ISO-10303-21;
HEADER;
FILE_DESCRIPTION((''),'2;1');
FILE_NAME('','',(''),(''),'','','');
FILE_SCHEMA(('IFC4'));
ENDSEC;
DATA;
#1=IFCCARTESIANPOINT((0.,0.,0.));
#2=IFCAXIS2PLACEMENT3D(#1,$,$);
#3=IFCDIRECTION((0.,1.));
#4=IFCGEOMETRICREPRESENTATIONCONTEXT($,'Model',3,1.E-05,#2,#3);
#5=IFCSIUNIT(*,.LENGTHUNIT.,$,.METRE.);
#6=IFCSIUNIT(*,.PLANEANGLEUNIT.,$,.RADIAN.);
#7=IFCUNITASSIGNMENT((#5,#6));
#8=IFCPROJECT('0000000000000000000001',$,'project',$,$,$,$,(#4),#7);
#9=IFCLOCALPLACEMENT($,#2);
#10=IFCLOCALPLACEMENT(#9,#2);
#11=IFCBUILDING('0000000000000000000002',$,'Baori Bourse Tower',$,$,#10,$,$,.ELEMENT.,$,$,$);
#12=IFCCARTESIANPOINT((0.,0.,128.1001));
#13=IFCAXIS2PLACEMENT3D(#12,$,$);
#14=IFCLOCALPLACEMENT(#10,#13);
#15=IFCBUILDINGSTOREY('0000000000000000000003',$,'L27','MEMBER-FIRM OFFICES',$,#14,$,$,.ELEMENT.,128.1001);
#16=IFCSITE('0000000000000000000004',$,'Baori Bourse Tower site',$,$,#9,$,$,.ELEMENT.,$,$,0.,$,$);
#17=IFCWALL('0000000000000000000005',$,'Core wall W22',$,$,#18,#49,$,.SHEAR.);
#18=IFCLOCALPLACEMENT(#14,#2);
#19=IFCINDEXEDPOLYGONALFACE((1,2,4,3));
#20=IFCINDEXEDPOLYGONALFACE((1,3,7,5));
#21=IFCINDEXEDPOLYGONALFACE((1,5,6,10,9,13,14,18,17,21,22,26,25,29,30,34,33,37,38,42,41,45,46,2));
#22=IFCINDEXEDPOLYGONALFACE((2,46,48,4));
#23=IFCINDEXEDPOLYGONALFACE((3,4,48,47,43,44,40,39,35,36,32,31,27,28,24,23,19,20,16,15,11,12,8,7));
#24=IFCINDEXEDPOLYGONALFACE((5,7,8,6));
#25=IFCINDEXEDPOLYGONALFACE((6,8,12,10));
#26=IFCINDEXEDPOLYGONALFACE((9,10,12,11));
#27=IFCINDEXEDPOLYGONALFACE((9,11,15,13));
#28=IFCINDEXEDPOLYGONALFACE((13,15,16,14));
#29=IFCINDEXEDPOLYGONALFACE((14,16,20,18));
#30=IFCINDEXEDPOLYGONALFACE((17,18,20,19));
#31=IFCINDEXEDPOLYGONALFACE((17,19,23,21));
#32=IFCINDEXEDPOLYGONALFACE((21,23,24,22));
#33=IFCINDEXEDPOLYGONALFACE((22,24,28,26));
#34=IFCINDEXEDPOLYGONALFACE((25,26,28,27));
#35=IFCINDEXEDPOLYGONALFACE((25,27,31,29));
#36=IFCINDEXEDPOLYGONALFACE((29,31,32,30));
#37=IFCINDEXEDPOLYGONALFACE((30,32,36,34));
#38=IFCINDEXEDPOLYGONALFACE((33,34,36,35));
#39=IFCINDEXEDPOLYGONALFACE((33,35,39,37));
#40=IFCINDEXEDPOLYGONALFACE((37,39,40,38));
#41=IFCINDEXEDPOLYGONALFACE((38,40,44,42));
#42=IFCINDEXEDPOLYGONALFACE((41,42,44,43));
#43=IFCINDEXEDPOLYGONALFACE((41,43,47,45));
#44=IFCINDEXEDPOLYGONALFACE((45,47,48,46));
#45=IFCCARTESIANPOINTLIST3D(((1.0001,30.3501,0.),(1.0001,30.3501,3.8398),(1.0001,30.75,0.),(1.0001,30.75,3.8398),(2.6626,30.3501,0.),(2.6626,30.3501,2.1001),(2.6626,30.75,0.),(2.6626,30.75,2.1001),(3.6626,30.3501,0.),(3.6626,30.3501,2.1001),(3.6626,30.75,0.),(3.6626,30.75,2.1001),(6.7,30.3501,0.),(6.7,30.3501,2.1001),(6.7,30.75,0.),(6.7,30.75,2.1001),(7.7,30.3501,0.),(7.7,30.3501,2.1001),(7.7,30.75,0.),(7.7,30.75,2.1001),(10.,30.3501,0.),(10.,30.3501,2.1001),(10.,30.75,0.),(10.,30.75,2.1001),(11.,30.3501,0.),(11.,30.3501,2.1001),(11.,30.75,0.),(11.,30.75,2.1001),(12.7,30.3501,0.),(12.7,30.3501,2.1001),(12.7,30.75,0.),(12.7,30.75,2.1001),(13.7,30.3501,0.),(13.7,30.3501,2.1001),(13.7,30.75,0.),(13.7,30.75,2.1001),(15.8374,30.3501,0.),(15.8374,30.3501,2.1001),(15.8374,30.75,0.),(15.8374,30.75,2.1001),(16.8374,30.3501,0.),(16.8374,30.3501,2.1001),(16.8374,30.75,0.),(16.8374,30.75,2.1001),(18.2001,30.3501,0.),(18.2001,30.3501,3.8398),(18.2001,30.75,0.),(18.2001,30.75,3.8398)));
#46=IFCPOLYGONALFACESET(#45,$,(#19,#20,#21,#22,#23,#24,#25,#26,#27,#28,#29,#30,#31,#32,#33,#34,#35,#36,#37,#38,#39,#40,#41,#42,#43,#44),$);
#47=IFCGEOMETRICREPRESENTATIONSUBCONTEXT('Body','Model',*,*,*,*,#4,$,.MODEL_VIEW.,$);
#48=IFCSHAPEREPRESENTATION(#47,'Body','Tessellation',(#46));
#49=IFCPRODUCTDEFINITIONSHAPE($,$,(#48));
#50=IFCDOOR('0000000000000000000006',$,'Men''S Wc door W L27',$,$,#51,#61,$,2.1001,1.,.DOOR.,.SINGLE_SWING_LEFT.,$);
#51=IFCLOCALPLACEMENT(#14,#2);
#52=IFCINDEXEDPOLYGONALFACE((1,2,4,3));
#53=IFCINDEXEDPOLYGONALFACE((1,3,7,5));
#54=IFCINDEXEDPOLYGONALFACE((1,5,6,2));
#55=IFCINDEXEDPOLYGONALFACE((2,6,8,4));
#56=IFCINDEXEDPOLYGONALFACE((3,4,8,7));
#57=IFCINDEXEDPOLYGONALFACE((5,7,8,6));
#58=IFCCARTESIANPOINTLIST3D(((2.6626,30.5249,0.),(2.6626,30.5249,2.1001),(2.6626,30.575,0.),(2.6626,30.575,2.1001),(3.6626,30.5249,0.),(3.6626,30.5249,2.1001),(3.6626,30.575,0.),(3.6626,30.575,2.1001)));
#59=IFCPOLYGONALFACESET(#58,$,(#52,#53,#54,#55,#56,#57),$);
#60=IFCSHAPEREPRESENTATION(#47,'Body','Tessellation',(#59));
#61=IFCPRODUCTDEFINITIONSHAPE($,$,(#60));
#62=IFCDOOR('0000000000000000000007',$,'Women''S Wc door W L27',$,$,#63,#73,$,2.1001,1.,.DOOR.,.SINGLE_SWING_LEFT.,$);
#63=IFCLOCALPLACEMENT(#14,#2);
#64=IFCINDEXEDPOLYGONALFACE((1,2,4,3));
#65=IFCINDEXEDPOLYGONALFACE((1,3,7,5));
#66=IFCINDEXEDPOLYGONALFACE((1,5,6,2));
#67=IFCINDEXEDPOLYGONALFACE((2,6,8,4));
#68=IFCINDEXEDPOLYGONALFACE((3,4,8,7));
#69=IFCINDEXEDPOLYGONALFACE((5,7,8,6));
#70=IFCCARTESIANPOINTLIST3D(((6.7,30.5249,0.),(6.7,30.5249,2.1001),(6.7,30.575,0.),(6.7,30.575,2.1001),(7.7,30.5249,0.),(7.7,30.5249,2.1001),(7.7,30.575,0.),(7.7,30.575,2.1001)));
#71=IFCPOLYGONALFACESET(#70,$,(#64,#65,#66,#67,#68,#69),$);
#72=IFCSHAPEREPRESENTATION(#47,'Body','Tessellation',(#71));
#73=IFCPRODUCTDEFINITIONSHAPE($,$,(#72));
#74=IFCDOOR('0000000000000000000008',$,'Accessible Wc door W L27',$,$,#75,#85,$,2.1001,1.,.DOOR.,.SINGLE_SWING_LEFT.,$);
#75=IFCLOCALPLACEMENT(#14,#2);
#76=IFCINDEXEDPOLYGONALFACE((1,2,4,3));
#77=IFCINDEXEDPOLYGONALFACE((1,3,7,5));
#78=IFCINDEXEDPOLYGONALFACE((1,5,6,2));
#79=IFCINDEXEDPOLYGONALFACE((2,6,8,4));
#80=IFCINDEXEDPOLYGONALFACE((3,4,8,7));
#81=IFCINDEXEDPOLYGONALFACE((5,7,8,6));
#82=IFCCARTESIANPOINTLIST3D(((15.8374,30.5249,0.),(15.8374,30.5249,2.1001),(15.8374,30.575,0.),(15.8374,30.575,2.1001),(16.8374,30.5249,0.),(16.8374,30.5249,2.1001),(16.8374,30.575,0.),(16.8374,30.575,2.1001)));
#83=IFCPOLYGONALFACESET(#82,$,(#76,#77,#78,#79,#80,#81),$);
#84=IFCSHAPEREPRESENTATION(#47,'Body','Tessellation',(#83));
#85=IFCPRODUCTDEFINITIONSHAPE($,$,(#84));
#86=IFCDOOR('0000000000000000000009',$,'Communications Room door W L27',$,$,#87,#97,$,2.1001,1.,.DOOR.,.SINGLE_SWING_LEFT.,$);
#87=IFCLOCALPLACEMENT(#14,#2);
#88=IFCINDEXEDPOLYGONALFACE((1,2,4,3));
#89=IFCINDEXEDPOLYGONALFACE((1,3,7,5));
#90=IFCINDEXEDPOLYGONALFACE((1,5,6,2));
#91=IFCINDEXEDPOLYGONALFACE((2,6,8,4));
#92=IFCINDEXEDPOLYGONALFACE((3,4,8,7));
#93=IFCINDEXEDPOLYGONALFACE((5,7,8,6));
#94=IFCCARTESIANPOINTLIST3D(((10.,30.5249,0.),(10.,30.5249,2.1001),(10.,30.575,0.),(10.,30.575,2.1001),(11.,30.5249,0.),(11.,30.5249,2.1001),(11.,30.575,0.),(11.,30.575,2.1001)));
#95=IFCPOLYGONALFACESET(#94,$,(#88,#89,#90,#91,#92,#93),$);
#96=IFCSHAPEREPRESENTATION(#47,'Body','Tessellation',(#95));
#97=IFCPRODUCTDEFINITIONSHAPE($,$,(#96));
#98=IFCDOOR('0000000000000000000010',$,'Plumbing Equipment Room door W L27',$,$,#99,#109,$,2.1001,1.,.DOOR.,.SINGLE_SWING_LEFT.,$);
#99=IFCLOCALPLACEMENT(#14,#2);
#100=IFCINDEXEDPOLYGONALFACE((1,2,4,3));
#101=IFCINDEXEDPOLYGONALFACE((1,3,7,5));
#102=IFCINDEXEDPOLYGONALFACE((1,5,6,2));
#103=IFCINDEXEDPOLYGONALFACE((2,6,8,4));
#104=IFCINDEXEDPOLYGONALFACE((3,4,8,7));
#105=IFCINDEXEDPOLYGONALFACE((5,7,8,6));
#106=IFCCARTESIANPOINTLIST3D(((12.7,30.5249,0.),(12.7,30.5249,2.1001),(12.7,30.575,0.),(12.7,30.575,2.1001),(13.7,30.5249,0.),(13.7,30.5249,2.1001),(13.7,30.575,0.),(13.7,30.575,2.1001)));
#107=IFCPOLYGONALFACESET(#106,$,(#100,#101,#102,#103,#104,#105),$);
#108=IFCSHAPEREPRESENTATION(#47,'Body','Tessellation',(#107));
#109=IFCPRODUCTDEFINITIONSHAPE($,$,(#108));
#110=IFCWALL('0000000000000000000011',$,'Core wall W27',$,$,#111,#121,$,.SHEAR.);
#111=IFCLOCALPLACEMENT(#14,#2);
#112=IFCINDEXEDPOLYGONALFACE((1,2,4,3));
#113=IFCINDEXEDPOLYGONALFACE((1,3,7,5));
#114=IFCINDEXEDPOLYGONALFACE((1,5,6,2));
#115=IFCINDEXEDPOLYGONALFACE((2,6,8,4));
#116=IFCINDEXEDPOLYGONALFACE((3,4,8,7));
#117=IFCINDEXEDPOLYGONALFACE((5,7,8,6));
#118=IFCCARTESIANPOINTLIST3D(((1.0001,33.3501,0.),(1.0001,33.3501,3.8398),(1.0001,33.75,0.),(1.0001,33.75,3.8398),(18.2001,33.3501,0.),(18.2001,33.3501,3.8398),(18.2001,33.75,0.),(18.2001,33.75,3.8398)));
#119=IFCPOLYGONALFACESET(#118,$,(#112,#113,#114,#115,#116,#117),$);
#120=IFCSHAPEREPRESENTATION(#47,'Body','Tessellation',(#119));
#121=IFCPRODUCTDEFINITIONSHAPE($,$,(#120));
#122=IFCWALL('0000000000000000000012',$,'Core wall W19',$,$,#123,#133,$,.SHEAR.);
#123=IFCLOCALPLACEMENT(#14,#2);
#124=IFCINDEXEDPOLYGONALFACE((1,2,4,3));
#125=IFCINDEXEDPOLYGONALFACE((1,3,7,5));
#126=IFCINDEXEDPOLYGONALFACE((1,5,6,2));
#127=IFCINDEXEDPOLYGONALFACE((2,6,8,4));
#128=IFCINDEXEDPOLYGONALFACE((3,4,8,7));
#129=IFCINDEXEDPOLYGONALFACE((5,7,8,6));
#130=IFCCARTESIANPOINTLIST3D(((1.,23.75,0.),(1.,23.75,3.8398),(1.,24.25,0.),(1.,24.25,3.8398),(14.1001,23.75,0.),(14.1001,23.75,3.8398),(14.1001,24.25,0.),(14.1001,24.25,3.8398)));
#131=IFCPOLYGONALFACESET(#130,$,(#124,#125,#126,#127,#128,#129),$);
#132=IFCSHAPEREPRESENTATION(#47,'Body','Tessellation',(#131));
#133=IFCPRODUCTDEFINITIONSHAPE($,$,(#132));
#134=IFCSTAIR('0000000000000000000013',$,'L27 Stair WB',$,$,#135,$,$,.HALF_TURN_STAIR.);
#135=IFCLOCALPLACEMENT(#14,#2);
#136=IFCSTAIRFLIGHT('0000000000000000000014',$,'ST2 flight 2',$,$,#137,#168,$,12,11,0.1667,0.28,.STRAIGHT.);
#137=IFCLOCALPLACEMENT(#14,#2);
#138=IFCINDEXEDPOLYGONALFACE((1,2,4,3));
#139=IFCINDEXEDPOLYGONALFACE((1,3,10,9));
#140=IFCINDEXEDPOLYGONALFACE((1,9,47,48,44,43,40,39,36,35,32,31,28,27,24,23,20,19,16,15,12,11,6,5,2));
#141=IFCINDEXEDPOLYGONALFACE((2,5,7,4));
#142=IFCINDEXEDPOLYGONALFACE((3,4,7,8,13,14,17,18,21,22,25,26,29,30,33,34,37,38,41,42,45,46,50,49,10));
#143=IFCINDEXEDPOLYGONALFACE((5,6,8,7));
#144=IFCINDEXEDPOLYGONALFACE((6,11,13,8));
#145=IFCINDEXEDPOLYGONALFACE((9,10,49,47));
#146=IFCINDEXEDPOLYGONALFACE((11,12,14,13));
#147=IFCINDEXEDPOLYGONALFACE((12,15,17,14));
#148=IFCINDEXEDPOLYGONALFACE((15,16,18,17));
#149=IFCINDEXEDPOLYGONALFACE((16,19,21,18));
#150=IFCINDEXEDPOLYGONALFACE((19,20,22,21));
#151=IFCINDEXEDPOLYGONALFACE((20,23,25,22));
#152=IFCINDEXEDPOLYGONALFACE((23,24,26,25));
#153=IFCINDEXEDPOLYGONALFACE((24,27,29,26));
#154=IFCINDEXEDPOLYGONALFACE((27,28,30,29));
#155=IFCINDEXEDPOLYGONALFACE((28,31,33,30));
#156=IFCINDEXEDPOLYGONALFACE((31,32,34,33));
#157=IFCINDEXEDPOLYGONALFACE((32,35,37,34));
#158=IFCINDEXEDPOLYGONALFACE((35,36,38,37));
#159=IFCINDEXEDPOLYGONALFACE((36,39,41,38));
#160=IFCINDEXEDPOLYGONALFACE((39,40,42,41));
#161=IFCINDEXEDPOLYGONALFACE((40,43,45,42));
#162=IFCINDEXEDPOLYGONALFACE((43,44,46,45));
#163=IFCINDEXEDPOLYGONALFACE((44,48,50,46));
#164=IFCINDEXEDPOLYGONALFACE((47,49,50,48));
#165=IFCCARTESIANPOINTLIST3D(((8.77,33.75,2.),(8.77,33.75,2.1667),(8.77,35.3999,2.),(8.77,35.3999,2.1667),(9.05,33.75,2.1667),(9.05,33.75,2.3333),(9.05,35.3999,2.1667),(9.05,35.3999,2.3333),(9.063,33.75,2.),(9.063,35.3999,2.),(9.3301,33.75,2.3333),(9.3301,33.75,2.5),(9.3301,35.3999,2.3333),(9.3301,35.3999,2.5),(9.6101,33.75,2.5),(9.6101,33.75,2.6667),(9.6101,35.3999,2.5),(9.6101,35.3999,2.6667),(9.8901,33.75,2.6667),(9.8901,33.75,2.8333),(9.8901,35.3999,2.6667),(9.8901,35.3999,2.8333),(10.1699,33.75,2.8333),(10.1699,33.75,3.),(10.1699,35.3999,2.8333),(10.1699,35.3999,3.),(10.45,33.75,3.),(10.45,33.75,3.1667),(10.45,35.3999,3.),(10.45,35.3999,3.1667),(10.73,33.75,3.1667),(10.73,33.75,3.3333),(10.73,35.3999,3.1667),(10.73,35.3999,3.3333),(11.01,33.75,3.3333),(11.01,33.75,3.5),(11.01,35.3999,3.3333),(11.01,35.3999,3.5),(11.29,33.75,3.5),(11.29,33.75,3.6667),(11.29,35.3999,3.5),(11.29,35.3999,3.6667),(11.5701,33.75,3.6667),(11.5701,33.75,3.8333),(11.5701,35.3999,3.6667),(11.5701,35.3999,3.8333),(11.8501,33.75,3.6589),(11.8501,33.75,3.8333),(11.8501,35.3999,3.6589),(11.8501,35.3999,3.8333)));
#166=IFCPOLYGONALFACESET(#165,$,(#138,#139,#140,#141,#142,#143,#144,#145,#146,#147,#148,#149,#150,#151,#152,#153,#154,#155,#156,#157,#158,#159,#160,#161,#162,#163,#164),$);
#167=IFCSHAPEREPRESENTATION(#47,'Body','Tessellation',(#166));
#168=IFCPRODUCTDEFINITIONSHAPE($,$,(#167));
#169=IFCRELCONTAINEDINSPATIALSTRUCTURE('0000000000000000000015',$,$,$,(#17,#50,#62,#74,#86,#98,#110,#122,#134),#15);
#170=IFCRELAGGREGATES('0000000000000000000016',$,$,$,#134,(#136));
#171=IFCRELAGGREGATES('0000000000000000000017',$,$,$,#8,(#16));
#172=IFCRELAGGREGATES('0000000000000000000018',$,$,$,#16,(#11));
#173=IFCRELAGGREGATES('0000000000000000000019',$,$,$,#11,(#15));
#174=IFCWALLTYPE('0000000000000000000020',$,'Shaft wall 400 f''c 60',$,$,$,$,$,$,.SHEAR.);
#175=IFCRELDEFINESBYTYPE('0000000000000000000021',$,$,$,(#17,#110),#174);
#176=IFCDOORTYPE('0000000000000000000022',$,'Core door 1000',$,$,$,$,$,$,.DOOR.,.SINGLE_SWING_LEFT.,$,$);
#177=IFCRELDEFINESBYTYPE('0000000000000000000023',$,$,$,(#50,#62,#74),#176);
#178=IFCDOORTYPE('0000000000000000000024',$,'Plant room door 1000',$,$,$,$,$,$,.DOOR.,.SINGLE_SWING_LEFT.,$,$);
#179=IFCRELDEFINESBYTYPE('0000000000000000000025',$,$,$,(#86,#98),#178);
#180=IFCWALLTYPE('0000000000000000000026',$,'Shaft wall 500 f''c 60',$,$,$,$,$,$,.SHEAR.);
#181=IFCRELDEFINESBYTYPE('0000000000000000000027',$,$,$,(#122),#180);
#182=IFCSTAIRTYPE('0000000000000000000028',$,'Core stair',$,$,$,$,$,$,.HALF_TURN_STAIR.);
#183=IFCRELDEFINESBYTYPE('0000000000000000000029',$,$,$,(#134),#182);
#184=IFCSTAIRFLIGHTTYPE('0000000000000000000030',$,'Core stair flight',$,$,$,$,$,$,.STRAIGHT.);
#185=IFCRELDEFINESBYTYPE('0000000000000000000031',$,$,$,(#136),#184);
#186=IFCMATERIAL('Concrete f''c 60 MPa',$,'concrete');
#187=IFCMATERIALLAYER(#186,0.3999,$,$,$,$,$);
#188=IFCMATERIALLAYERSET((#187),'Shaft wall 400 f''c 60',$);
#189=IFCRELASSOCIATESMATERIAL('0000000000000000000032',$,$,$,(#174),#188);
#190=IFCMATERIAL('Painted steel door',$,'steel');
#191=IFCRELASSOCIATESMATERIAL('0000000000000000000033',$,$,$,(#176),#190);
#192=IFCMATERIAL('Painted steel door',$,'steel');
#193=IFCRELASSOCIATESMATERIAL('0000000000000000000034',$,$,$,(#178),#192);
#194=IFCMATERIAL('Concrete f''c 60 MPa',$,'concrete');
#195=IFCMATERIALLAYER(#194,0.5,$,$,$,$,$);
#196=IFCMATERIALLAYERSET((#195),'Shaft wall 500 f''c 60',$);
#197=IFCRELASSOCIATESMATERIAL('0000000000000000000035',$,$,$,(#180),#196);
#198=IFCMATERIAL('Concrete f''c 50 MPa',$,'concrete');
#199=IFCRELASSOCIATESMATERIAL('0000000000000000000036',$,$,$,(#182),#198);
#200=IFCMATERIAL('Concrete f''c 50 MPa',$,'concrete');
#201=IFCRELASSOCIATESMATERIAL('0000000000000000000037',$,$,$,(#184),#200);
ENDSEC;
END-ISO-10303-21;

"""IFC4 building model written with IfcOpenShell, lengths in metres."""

from ifc_helpers import new_model, si_unit, direction, frame, frame_2d, origin, place, context, subcontext, project, spatial, polyline, rectangle, outline, extrude, material, layer, layer_set, type_object, element, fill, aggregate, save


model = new_model("IFC4")

# Units and contexts
model_context = context("Model", 3, precision=1e-05, world=origin(), true_north=direction((0.0, 1.0)))
body_context = subcontext(model_context, "Body", "Model", "MODEL_VIEW")
ifc_project = project(units=[si_unit("LENGTHUNIT", "METRE"), si_unit("PLANEANGLEUNIT", "RADIAN")], contexts=[model_context])

# Site, building, storey
site_placement = place(None, origin())
site = spatial("IfcSite", under=ifc_project, at=site_placement, Name="Baori Bourse Tower site", CompositionType="ELEMENT", RefElevation=0.0)
building_placement = place(site_placement, origin())
building = spatial("IfcBuilding", under=site, at=building_placement, Name="Baori Bourse Tower", CompositionType="ELEMENT")
storey_placement = place(building_placement, frame((0.0, 0.0, 128.1001)))
storey = spatial("IfcBuildingStorey", under=building, at=storey_placement, Name="L27", Description="MEMBER-FIRM OFFICES", CompositionType="ELEMENT", Elevation=128.1001)

# Wall, openings, doors
ifc_material_1 = material(Name="Concrete f'c 60 MPa", Category="concrete")
ifc_layer_1 = layer(ifc_material_1, 0.3999)
ifc_layer_set_1 = layer_set([ifc_layer_1], Name="Shaft wall 400 f'c 60")
wall_type_1 = type_object("IfcWallType", Name="Shaft wall 400 f'c 60", PredefinedType="SHEAR", material=ifc_layer_set_1)
wall_1_placement = place(storey_placement, frame((1.0, 30.55, 0.0), z_axis=(0.0, 0.0, 1.0), x_axis=(1.0, 0.0, 0.0)))
wall_1 = element("IfcWall", 1, at=wall_1_placement, inside=storey, type_object=wall_type_1, Name="Core wall W22", PredefinedType="SHEAR", context=body_context, shape_type="SweptSolid", body=[
    extrude(rectangle(XDim=17.2, YDim=0.3999, at=frame_2d((8.6001, 0.0))), origin(), (0.0, 0.0, 1.0), 3.8398),
])
opening_1_placement = place(wall_1_placement, frame((1.6626, 0.0, 0.0)))
opening_1 = element("IfcOpeningElement", 2, at=opening_1_placement, cuts=wall_1, PredefinedType="OPENING", context=body_context, shape_type="SweptSolid", body=[
    extrude(rectangle(XDim=1.0, YDim=2.1001, at=frame_2d((0.5, 1.05))), frame((0.0, 0.21, 0.0), z_axis=(0.0, -1.0, 0.0), x_axis=(1.0, 0.0, 0.0)), (0.0, 0.0, 1.0), 0.4199),
])
opening_2_placement = place(wall_1_placement, frame((5.7, 0.0, 0.0)))
opening_2 = element("IfcOpeningElement", 3, at=opening_2_placement, cuts=wall_1, PredefinedType="OPENING", context=body_context, shape_type="SweptSolid", body=[
    extrude(rectangle(XDim=1.0, YDim=2.1001, at=frame_2d((0.5, 1.05))), frame((0.0, 0.21, 0.0), z_axis=(0.0, -1.0, 0.0), x_axis=(1.0, 0.0, 0.0)), (0.0, 0.0, 1.0), 0.4199),
])
opening_3_placement = place(wall_1_placement, frame((9.0, 0.0, 0.0)))
opening_3 = element("IfcOpeningElement", 4, at=opening_3_placement, cuts=wall_1, PredefinedType="OPENING", context=body_context, shape_type="SweptSolid", body=[
    extrude(rectangle(XDim=1.0, YDim=2.1001, at=frame_2d((0.5, 1.05))), frame((0.0, 0.21, 0.0), z_axis=(0.0, -1.0, 0.0), x_axis=(1.0, 0.0, 0.0)), (0.0, 0.0, 1.0), 0.4199),
])
opening_4_placement = place(wall_1_placement, frame((11.7, 0.0, 0.0)))
opening_4 = element("IfcOpeningElement", 5, at=opening_4_placement, cuts=wall_1, PredefinedType="OPENING", context=body_context, shape_type="SweptSolid", body=[
    extrude(rectangle(XDim=1.0, YDim=2.1001, at=frame_2d((0.5, 1.05))), frame((0.0, 0.21, 0.0), z_axis=(0.0, -1.0, 0.0), x_axis=(1.0, 0.0, 0.0)), (0.0, 0.0, 1.0), 0.4199),
])
opening_5_placement = place(wall_1_placement, frame((14.8374, 0.0, 0.0)))
opening_5 = element("IfcOpeningElement", 6, at=opening_5_placement, cuts=wall_1, PredefinedType="OPENING", context=body_context, shape_type="SweptSolid", body=[
    extrude(rectangle(XDim=1.0, YDim=2.1001, at=frame_2d((0.5, 1.05))), frame((0.0, 0.21, 0.0), z_axis=(0.0, -1.0, 0.0), x_axis=(1.0, 0.0, 0.0)), (0.0, 0.0, 1.0), 0.4199),
])
ifc_material_2 = material(Name="Painted steel door", Category="steel")
door_type_1 = type_object("IfcDoorType", Name="Core door 1000", OperationType="SINGLE_SWING_LEFT", PredefinedType="DOOR", material=ifc_material_2)
door_1_placement = place(opening_1_placement, origin())
door_1 = element("IfcDoor", 7, at=door_1_placement, inside=storey, type_object=door_type_1, Name="Men'S Wc door W L27", OperationType="SINGLE_SWING_LEFT", OverallHeight=2.1001, OverallWidth=1.0, PredefinedType="DOOR", context=body_context, shape_type="SweptSolid", body=[
    extrude(rectangle(XDim=1.0, YDim=2.1001, at=frame_2d((0.5, 1.05))), frame((0.0, 0.0249, 0.0), z_axis=(0.0, -1.0, 0.0), x_axis=(1.0, 0.0, 0.0)), (0.0, 0.0, 1.0), 0.05),
])
fill(opening_1, door_1)
door_2_placement = place(opening_2_placement, origin())
door_2 = element("IfcDoor", 8, at=door_2_placement, inside=storey, type_object=door_type_1, Name="Women'S Wc door W L27", OperationType="SINGLE_SWING_LEFT", OverallHeight=2.1001, OverallWidth=1.0, PredefinedType="DOOR", context=body_context, shape_type="SweptSolid", body=[
    extrude(rectangle(XDim=1.0, YDim=2.1001, at=frame_2d((0.5, 1.05))), frame((0.0, 0.0249, 0.0), z_axis=(0.0, -1.0, 0.0), x_axis=(1.0, 0.0, 0.0)), (0.0, 0.0, 1.0), 0.05),
])
fill(opening_2, door_2)
door_3_placement = place(opening_5_placement, origin())
door_3 = element("IfcDoor", 9, at=door_3_placement, inside=storey, type_object=door_type_1, Name="Accessible Wc door W L27", OperationType="SINGLE_SWING_LEFT", OverallHeight=2.1001, OverallWidth=1.0, PredefinedType="DOOR", context=body_context, shape_type="SweptSolid", body=[
    extrude(rectangle(XDim=1.0, YDim=2.1001, at=frame_2d((0.5, 1.05))), frame((0.0, 0.0249, 0.0), z_axis=(0.0, -1.0, 0.0), x_axis=(1.0, 0.0, 0.0)), (0.0, 0.0, 1.0), 0.05),
])
fill(opening_5, door_3)
ifc_material_3 = material(Name="Painted steel door", Category="steel")
door_type_2 = type_object("IfcDoorType", Name="Plant room door 1000", OperationType="SINGLE_SWING_LEFT", PredefinedType="DOOR", material=ifc_material_3)
door_4_placement = place(opening_3_placement, origin())
door_4 = element("IfcDoor", 10, at=door_4_placement, inside=storey, type_object=door_type_2, Name="Communications Room door W L27", OperationType="SINGLE_SWING_LEFT", OverallHeight=2.1001, OverallWidth=1.0, PredefinedType="DOOR", context=body_context, shape_type="SweptSolid", body=[
    extrude(rectangle(XDim=1.0, YDim=2.1001, at=frame_2d((0.5, 1.05))), frame((0.0, 0.0249, 0.0), z_axis=(0.0, -1.0, 0.0), x_axis=(1.0, 0.0, 0.0)), (0.0, 0.0, 1.0), 0.05),
])
fill(opening_3, door_4)
door_5_placement = place(opening_4_placement, origin())
door_5 = element("IfcDoor", 11, at=door_5_placement, inside=storey, type_object=door_type_2, Name="Plumbing Equipment Room door W L27", OperationType="SINGLE_SWING_LEFT", OverallHeight=2.1001, OverallWidth=1.0, PredefinedType="DOOR", context=body_context, shape_type="SweptSolid", body=[
    extrude(rectangle(XDim=1.0, YDim=2.1001, at=frame_2d((0.5, 1.05))), frame((0.0, 0.0249, 0.0), z_axis=(0.0, -1.0, 0.0), x_axis=(1.0, 0.0, 0.0)), (0.0, 0.0, 1.0), 0.05),
])
fill(opening_4, door_5)

# Walls
wall_2_placement = place(storey_placement, frame((1.0, 33.55, 0.0), z_axis=(0.0, 0.0, 1.0), x_axis=(1.0, 0.0, 0.0)))
element("IfcWall", 12, at=wall_2_placement, inside=storey, type_object=wall_type_1, Name="Core wall W27", PredefinedType="SHEAR", context=body_context, shape_type="SweptSolid", body=[
    extrude(rectangle(XDim=17.2, YDim=0.3999, at=frame_2d((8.6001, 0.0))), origin(), (0.0, 0.0, 1.0), 3.8398),
])
ifc_material_4 = material(Name="Concrete f'c 60 MPa", Category="concrete")
ifc_layer_2 = layer(ifc_material_4, 0.5)
ifc_layer_set_2 = layer_set([ifc_layer_2], Name="Shaft wall 500 f'c 60")
wall_type_2 = type_object("IfcWallType", Name="Shaft wall 500 f'c 60", PredefinedType="SHEAR", material=ifc_layer_set_2)
wall_3_placement = place(storey_placement, frame((1.0, 24.0, 0.0), z_axis=(0.0, 0.0, 1.0), x_axis=(1.0, 0.0, 0.0)))
element("IfcWall", 13, at=wall_3_placement, inside=storey, type_object=wall_type_2, Name="Core wall W19", PredefinedType="SHEAR", context=body_context, shape_type="SweptSolid", body=[
    extrude(rectangle(XDim=13.1001, YDim=0.5, at=frame_2d((6.55, 0.0))), origin(), (0.0, 0.0, 1.0), 3.8398),
])

# Stair, stair flight
ifc_material_5 = material(Name="Concrete f'c 50 MPa", Category="concrete")
stair_type = type_object("IfcStairType", Name="Core stair", PredefinedType="HALF_TURN_STAIR", material=ifc_material_5)
stair_placement = place(storey_placement, origin())
stair = element("IfcStair", 14, at=stair_placement, inside=storey, type_object=stair_type, Name="L27 Stair WB", PredefinedType="HALF_TURN_STAIR")
ifc_material_6 = material(Name="Concrete f'c 50 MPa", Category="concrete")
stair_flight_type = type_object("IfcStairFlightType", Name="Core stair flight", PredefinedType="STRAIGHT", material=ifc_material_6)
stair_flight_placement = place(storey_placement, frame((8.77, 34.575, 2.0), z_axis=(0.0, 0.0, 1.0), x_axis=(1.0, 0.0, 0.0)))
stair_flight = element("IfcStairFlight", 15, at=stair_flight_placement, type_object=stair_flight_type, Name="ST2 flight 2", NumberOfRisers=12, NumberOfTreads=11, PredefinedType="STRAIGHT", RiserHeight=0.1667, TreadLength=0.28, context=body_context, shape_type="SweptSolid", body=[
    extrude(outline(polyline([(0.0, 0.0), (0.0, 0.1667), (0.28, 0.1667), (0.28, 0.3333), (0.5601, 0.3333), (0.5601, 0.5), (0.8401, 0.5), (0.8401, 0.6667), (1.1201, 0.6667), (1.1201, 0.8333), (1.3999, 0.8333), (1.3999, 1.0), (1.6799, 1.0), (1.6799, 1.1667), (1.96, 1.1667), (1.96, 1.3333), (2.24, 1.3333), (2.24, 1.5), (2.52, 1.5), (2.52, 1.6667), (2.8, 1.6667), (2.8, 1.8333), (3.0801, 1.8333), (3.0801, 2.0), (3.0801, 1.6589), (0.293, 0.0), (0.0, 0.0)])), frame((0.0, 0.825, 0.0), z_axis=(0.0, -1.0, 0.0), x_axis=(1.0, 0.0, 0.0)), (0.0, 0.0, 1.0), 1.6499),
])
aggregate(stair, [stair_flight])

save(model, "model.ifc")
